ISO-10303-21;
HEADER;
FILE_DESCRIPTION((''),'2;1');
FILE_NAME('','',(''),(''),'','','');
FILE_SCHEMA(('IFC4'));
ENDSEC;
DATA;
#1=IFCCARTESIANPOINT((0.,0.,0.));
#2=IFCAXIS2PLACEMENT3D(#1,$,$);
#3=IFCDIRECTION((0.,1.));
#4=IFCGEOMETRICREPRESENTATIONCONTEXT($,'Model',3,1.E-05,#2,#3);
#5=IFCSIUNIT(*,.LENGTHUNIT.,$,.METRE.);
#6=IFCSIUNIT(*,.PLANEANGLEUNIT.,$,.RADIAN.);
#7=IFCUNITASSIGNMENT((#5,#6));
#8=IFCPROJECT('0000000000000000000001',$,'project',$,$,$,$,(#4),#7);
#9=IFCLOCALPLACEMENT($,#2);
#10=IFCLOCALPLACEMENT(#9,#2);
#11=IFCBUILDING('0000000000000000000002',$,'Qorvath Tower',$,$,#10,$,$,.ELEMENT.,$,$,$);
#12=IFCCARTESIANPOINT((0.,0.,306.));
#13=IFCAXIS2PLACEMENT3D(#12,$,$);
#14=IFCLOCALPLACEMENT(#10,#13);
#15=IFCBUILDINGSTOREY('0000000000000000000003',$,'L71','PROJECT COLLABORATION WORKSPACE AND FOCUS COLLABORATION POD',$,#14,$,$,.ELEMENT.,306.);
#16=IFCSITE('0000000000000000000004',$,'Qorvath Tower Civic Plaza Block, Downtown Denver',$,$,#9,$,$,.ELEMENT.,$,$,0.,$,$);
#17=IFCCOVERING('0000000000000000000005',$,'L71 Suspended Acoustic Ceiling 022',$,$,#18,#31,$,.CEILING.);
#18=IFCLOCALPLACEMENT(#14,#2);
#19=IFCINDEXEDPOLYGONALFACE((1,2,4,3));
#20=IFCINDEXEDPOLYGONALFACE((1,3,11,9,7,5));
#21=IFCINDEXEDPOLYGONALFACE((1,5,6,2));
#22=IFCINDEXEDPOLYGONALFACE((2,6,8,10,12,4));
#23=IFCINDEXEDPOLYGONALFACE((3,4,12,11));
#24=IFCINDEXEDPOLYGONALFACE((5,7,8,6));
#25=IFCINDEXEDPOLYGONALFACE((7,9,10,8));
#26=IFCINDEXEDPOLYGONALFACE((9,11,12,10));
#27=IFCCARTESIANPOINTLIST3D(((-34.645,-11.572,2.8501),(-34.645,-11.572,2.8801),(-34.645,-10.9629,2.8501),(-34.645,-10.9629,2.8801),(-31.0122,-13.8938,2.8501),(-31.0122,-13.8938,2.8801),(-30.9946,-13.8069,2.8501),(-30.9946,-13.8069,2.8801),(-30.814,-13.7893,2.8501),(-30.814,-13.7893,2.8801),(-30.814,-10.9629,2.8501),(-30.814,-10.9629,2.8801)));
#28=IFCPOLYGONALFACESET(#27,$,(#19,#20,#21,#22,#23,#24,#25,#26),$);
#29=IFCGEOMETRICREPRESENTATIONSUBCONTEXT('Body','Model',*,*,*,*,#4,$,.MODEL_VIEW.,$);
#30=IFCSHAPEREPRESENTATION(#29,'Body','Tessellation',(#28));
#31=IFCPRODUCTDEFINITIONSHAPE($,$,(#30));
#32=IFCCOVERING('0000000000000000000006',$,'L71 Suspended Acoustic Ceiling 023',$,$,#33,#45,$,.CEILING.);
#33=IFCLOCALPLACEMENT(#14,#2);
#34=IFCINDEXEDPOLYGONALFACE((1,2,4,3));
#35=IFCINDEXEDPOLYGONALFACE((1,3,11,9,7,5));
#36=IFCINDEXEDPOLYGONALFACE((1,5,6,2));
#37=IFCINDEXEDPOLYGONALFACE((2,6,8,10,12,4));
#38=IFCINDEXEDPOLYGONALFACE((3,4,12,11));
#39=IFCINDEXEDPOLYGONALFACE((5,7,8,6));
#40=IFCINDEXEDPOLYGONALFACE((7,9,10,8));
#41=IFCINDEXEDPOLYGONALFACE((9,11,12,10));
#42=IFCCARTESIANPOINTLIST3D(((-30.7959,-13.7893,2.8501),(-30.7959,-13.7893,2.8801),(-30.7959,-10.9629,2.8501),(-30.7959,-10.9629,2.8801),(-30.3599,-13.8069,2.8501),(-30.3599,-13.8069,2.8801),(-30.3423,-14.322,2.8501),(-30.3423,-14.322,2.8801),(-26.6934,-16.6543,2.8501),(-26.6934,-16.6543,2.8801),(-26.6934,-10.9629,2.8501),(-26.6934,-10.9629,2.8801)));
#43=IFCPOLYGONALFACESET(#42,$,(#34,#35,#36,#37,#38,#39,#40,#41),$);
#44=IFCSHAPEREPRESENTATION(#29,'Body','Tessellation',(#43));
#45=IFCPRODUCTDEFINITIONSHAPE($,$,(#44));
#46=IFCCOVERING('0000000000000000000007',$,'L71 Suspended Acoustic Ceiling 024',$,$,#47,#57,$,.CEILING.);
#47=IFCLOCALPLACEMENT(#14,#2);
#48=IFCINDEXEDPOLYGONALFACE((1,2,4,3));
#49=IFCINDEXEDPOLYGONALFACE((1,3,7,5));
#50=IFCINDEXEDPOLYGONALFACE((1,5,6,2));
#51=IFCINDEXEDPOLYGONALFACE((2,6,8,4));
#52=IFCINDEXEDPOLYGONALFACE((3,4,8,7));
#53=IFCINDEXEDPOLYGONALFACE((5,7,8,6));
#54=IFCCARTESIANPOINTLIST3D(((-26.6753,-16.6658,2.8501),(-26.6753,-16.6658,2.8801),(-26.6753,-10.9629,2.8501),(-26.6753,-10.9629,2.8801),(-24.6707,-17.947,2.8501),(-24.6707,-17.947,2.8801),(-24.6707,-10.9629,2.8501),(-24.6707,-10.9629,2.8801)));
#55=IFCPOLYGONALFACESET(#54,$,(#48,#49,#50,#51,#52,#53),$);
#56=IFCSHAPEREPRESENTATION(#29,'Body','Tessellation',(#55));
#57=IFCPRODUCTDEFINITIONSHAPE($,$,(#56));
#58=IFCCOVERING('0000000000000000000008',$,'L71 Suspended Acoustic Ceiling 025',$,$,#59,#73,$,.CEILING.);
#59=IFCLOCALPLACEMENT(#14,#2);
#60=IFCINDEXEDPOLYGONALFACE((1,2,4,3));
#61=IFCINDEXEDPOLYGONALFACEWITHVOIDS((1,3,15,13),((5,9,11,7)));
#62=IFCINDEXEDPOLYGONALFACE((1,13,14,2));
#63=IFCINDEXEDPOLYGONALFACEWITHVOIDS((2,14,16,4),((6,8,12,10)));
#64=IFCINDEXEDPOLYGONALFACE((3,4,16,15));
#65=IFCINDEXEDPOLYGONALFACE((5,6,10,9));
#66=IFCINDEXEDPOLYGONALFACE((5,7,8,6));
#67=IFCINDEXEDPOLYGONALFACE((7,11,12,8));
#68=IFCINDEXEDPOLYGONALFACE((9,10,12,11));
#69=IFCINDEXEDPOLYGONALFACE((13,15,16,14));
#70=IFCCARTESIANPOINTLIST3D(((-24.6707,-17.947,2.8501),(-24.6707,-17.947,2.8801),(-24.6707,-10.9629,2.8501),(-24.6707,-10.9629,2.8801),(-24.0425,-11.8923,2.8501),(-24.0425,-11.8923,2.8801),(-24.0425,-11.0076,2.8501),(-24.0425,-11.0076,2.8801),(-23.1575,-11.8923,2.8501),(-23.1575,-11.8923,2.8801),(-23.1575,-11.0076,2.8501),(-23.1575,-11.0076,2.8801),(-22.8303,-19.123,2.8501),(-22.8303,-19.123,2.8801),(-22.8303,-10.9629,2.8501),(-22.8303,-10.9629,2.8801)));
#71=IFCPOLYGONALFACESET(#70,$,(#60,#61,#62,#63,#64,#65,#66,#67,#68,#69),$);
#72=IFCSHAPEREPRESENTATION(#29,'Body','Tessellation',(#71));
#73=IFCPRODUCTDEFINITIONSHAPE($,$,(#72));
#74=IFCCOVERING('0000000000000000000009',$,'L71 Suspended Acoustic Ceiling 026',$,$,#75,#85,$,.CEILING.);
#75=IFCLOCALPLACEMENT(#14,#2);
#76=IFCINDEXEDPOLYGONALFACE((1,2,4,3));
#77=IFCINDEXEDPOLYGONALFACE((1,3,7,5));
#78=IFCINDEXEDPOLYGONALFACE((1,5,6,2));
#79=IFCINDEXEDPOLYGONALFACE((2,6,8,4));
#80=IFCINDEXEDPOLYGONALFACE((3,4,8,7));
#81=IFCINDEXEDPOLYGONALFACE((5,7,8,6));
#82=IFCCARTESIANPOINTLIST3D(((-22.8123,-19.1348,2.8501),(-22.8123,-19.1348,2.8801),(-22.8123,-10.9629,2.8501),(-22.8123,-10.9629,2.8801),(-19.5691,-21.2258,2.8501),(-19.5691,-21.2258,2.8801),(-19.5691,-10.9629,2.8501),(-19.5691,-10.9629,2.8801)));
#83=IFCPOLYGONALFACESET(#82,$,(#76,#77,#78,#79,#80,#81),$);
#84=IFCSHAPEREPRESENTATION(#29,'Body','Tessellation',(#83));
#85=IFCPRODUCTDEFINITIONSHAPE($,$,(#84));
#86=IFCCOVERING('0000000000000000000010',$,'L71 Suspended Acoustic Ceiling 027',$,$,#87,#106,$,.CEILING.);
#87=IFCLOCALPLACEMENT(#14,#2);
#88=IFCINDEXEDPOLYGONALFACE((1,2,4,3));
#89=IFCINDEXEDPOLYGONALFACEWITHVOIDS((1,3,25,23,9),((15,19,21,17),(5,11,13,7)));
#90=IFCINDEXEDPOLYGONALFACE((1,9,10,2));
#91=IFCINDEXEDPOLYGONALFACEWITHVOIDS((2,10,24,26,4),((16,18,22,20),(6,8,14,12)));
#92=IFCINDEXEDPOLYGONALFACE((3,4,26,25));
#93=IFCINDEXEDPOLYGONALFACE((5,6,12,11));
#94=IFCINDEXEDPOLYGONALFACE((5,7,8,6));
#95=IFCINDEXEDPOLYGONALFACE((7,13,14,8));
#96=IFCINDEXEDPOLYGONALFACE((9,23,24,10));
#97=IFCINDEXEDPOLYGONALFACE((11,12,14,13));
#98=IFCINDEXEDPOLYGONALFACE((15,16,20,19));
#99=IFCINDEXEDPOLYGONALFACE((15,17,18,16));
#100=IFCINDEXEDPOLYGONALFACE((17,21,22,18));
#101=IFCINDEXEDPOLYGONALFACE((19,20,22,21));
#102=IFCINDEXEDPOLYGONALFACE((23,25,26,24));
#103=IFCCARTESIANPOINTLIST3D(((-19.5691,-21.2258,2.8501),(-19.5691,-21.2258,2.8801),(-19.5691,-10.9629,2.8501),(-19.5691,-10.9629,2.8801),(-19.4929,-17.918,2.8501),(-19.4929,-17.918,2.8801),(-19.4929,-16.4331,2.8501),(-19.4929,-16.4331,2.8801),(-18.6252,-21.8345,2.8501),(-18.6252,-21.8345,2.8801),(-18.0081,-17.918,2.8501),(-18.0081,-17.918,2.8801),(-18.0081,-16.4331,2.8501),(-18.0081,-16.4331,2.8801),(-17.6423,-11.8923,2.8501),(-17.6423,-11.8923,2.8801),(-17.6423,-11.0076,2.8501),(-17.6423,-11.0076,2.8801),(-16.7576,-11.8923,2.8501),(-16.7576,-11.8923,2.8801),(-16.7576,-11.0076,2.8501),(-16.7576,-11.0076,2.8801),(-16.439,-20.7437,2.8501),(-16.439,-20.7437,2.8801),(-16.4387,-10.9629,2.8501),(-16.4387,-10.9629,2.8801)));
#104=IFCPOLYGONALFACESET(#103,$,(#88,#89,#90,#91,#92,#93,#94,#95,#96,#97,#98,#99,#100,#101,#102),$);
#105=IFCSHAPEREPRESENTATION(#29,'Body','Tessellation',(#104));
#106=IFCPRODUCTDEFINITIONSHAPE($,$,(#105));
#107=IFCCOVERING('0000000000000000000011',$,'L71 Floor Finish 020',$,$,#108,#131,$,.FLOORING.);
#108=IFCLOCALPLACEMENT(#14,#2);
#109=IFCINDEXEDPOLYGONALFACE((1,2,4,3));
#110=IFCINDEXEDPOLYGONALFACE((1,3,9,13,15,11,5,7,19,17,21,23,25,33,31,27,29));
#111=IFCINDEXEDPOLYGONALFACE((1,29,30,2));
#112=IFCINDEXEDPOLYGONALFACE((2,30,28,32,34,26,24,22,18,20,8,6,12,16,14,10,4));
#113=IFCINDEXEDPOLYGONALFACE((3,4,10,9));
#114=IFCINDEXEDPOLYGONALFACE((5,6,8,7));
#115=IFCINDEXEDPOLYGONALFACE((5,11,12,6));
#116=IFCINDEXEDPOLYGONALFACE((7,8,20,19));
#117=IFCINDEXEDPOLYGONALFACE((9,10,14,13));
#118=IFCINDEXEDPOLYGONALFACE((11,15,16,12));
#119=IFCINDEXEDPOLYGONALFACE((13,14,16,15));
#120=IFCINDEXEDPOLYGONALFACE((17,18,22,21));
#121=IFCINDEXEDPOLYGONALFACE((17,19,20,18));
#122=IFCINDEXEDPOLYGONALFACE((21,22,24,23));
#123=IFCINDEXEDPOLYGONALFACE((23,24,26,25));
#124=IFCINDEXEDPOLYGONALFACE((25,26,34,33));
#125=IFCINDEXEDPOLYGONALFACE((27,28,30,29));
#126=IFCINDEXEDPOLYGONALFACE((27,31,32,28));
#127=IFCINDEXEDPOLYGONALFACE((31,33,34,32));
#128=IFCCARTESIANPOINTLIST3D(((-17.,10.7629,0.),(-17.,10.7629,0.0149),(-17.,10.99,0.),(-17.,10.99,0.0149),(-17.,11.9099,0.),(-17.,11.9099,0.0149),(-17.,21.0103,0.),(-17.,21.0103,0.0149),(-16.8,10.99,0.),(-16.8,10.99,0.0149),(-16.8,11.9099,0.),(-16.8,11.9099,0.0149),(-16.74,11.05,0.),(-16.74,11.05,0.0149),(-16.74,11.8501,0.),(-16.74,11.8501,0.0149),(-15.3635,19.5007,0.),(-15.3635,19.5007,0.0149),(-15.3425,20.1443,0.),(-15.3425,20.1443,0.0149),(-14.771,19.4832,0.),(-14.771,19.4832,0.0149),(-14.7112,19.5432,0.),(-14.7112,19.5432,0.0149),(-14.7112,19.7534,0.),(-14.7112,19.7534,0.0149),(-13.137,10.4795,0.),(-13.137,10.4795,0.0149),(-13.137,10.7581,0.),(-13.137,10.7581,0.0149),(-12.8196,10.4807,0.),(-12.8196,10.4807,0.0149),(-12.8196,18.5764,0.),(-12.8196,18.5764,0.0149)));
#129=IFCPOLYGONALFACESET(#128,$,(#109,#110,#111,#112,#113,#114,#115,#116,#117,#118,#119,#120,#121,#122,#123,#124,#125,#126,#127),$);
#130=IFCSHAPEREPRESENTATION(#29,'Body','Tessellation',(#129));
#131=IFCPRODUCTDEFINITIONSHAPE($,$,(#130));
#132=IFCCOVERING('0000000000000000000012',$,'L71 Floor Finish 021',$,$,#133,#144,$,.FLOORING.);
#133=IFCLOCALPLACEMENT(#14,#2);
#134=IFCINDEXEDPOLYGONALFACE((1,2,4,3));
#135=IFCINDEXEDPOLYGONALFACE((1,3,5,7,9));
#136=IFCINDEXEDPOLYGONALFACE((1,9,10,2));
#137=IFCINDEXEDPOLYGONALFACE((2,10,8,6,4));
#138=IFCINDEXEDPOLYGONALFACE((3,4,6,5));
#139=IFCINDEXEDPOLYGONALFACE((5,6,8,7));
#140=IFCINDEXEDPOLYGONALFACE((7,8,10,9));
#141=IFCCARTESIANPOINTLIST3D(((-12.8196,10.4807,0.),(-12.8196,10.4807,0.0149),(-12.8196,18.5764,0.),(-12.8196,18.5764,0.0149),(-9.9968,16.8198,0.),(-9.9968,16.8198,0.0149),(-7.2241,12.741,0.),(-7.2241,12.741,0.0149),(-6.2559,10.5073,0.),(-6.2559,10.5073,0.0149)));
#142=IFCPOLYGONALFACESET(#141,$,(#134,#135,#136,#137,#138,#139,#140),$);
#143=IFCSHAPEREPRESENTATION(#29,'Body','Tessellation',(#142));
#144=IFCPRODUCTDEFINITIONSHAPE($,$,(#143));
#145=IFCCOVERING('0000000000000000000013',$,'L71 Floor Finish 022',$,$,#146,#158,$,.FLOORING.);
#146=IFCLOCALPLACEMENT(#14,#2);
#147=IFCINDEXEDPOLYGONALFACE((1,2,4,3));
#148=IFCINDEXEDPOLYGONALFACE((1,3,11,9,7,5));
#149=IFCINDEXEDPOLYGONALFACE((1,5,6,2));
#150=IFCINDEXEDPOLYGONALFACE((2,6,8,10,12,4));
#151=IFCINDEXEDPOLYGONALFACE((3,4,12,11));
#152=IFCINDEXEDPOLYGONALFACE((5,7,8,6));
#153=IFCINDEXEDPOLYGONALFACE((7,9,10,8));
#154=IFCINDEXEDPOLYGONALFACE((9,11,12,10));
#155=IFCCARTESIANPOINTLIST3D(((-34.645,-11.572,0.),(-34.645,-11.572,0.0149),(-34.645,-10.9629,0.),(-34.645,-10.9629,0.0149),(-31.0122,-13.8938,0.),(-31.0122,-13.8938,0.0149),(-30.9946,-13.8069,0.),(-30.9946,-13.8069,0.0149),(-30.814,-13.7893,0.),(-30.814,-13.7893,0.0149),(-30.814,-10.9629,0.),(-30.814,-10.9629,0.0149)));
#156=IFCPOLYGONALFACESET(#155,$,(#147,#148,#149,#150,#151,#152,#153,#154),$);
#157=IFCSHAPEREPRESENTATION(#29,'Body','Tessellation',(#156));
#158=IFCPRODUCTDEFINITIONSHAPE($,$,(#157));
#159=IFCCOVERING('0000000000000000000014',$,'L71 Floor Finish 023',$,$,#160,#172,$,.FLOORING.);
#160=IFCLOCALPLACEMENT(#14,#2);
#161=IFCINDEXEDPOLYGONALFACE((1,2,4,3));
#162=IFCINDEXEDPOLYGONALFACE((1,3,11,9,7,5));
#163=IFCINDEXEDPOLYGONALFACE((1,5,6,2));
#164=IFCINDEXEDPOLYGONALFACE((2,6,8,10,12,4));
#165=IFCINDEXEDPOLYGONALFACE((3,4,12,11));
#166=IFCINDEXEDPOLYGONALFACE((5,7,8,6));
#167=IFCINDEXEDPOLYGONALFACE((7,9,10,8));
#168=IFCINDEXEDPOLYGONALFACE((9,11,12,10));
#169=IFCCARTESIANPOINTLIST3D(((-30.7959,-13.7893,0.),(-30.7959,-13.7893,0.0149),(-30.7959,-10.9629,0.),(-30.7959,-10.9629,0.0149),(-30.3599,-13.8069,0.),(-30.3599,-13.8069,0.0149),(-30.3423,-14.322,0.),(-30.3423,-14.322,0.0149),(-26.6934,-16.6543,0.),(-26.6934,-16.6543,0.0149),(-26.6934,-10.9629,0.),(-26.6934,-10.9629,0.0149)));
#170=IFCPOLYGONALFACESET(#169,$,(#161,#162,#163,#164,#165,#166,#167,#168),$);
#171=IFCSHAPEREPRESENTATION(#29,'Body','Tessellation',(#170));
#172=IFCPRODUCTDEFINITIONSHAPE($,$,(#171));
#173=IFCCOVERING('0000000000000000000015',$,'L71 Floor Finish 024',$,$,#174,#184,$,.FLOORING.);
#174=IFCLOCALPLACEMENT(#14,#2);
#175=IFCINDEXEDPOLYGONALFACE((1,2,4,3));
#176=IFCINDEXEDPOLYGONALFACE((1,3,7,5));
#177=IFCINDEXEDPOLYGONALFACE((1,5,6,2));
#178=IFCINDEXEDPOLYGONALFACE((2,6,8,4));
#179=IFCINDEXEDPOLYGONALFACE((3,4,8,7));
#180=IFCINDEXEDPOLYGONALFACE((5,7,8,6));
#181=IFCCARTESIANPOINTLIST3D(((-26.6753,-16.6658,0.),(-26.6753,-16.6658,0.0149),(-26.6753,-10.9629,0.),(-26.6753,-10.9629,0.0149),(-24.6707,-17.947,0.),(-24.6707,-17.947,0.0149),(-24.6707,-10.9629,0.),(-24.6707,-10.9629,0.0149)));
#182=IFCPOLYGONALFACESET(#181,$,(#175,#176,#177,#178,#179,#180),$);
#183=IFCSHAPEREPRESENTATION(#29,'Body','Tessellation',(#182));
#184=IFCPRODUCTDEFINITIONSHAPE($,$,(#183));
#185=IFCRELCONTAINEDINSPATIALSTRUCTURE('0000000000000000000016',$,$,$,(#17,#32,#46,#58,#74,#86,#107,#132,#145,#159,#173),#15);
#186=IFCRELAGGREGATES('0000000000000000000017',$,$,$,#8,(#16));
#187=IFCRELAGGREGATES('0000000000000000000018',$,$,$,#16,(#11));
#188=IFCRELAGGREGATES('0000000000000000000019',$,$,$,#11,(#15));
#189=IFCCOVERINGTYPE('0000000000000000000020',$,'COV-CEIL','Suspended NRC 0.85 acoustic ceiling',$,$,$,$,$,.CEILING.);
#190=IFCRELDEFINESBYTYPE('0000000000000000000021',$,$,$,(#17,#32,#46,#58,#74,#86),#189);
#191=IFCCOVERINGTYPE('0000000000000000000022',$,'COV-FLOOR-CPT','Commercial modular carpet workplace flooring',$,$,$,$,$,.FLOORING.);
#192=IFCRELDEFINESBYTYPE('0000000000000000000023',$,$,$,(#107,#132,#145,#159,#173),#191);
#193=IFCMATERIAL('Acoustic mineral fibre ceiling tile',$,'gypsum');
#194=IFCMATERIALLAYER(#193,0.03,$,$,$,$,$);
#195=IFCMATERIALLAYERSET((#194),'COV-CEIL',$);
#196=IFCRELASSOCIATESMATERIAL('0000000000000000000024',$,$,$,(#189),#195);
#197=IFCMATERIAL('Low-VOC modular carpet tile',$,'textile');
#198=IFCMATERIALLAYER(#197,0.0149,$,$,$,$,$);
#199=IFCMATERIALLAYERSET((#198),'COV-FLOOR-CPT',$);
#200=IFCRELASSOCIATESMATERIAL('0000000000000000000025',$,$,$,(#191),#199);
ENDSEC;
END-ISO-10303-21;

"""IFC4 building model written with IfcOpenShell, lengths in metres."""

from ifc_helpers import new_model, si_unit, direction, frame, origin, place, context, subcontext, project, spatial, polyline, outline, extrude, material, layer, layer_set, type_object, element, save


model = new_model("IFC4")

# Units and contexts
model_context = context("Model", 3, precision=1e-05, world=origin(), true_north=direction((0.0, 1.0)))
body_context = subcontext(model_context, "Body", "Model", "MODEL_VIEW")
ifc_project = project(units=[si_unit("LENGTHUNIT", "METRE"), si_unit("PLANEANGLEUNIT", "RADIAN")], contexts=[model_context])

# Site, building, storey
site_placement = place(None, origin())
site = spatial("IfcSite", under=ifc_project, at=site_placement, Name="Qorvath Tower Civic Plaza Block, Downtown Denver", CompositionType="ELEMENT", RefElevation=0.0)
building_placement = place(site_placement, origin())
building = spatial("IfcBuilding", under=site, at=building_placement, Name="Qorvath Tower", CompositionType="ELEMENT")
storey_placement = place(building_placement, frame((0.0, 0.0, 306.0)))
storey = spatial("IfcBuildingStorey", under=building, at=storey_placement, Name="L71", Description="PROJECT COLLABORATION WORKSPACE AND FOCUS COLLABORATION POD", CompositionType="ELEMENT", Elevation=306.0)

# Coverings
ifc_material_1 = material(Name="Acoustic mineral fibre ceiling tile", Category="gypsum")
ifc_layer_1 = layer(ifc_material_1, 0.03)
ifc_layer_set_1 = layer_set([ifc_layer_1], Name="COV-CEIL")
covering_type_1 = type_object("IfcCoveringType", Name="COV-CEIL", Description="Suspended NRC 0.85 acoustic ceiling", PredefinedType="CEILING", material=ifc_layer_set_1)
covering_1_placement = place(storey_placement, frame((0.0, 0.0, 2.8501)))
element("IfcCovering", 1, at=covering_1_placement, inside=storey, type_object=covering_type_1, Name="L71 Suspended Acoustic Ceiling 022", PredefinedType="CEILING", context=body_context, shape_type="SweptSolid", body=[
    extrude(outline(polyline([(-34.645, -11.572), (-31.0122, -13.8938), (-30.9946, -13.8069), (-30.814, -13.7893), (-30.814, -10.9629), (-34.645, -10.9629), (-34.645, -11.572)])), origin(), (0.0, 0.0, 1.0), 0.03),
])
covering_2_placement = place(storey_placement, frame((0.0, 0.0, 2.8501)))
element("IfcCovering", 2, at=covering_2_placement, inside=storey, type_object=covering_type_1, Name="L71 Suspended Acoustic Ceiling 023", PredefinedType="CEILING", context=body_context, shape_type="SweptSolid", body=[
    extrude(outline(polyline([(-30.7959, -10.9629), (-30.7959, -13.7893), (-30.3599, -13.8069), (-30.3423, -14.322), (-26.6934, -16.6543), (-26.6934, -10.9629), (-30.7959, -10.9629)])), origin(), (0.0, 0.0, 1.0), 0.03),
])
covering_3_placement = place(storey_placement, frame((0.0, 0.0, 2.8501)))
element("IfcCovering", 3, at=covering_3_placement, inside=storey, type_object=covering_type_1, Name="L71 Suspended Acoustic Ceiling 024", PredefinedType="CEILING", context=body_context, shape_type="SweptSolid", body=[
    extrude(outline(polyline([(-26.6753, -10.9629), (-26.6753, -16.6658), (-24.6707, -17.947), (-24.6707, -10.9629), (-26.6753, -10.9629)])), origin(), (0.0, 0.0, 1.0), 0.03),
])
covering_4_placement = place(storey_placement, frame((0.0, 0.0, 2.8501)))
element("IfcCovering", 4, at=covering_4_placement, inside=storey, type_object=covering_type_1, Name="L71 Suspended Acoustic Ceiling 025", PredefinedType="CEILING", context=body_context, shape_type="SweptSolid", body=[
    extrude(outline(polyline([(-24.6707, -10.9629), (-24.6707, -17.947), (-22.8303, -19.123), (-22.8303, -10.9629), (-24.6707, -10.9629)]), holes=[polyline([(-24.0425, -11.8923), (-24.0425, -11.0076), (-23.1575, -11.0076), (-23.1575, -11.8923), (-24.0425, -11.8923)])]), origin(), (0.0, 0.0, 1.0), 0.03),
])
covering_5_placement = place(storey_placement, frame((0.0, 0.0, 2.8501)))
element("IfcCovering", 5, at=covering_5_placement, inside=storey, type_object=covering_type_1, Name="L71 Suspended Acoustic Ceiling 026", PredefinedType="CEILING", context=body_context, shape_type="SweptSolid", body=[
    extrude(outline(polyline([(-22.8123, -19.1348), (-19.5691, -21.2258), (-19.5691, -10.9629), (-22.8123, -10.9629), (-22.8123, -19.1348)])), origin(), (0.0, 0.0, 1.0), 0.03),
])
covering_6_placement = place(storey_placement, frame((0.0, 0.0, 2.8501)))
element("IfcCovering", 6, at=covering_6_placement, inside=storey, type_object=covering_type_1, Name="L71 Suspended Acoustic Ceiling 027", PredefinedType="CEILING", context=body_context, shape_type="SweptSolid", body=[
    extrude(outline(polyline([(-19.5691, -10.9629), (-19.5691, -21.2258), (-18.6252, -21.8345), (-16.439, -20.7437), (-16.4387, -10.9629), (-19.5691, -10.9629)]), holes=[polyline([(-17.6423, -11.8923), (-17.6423, -11.0076), (-16.7576, -11.0076), (-16.7576, -11.8923), (-17.6423, -11.8923)]), polyline([(-19.4929, -17.918), (-19.4929, -16.4331), (-18.0081, -16.4331), (-18.0081, -17.918), (-19.4929, -17.918)])]), origin(), (0.0, 0.0, 1.0), 0.03),
])
ifc_material_2 = material(Name="Low-VOC modular carpet tile", Category="textile")
ifc_layer_2 = layer(ifc_material_2, 0.0149)
ifc_layer_set_2 = layer_set([ifc_layer_2], Name="COV-FLOOR-CPT")
covering_type_2 = type_object("IfcCoveringType", Name="COV-FLOOR-CPT", Description="Commercial modular carpet workplace flooring", PredefinedType="FLOORING", material=ifc_layer_set_2)
covering_7_placement = place(storey_placement, origin())
element("IfcCovering", 7, at=covering_7_placement, inside=storey, type_object=covering_type_2, Name="L71 Floor Finish 020", PredefinedType="FLOORING", context=body_context, shape_type="SweptSolid", body=[
    extrude(outline(polyline([(-13.137, 10.7581), (-13.137, 10.4795), (-12.8196, 10.4807), (-12.8196, 18.5764), (-14.7112, 19.7534), (-14.7112, 19.5432), (-14.771, 19.4832), (-15.3635, 19.5007), (-15.3425, 20.1443), (-17.0, 21.0103), (-17.0, 11.9099), (-16.8, 11.9099), (-16.74, 11.8501), (-16.74, 11.05), (-16.8, 10.99), (-17.0, 10.99), (-17.0, 10.7629), (-13.137, 10.7581)])), origin(), (0.0, 0.0, 1.0), 0.0149),
])
covering_8_placement = place(storey_placement, origin())
element("IfcCovering", 8, at=covering_8_placement, inside=storey, type_object=covering_type_2, Name="L71 Floor Finish 021", PredefinedType="FLOORING", context=body_context, shape_type="SweptSolid", body=[
    extrude(outline(polyline([(-12.8196, 18.5764), (-12.8196, 10.4807), (-6.2559, 10.5073), (-7.2241, 12.741), (-9.9968, 16.8198), (-12.8196, 18.5764)])), origin(), (0.0, 0.0, 1.0), 0.0149),
])
covering_9_placement = place(storey_placement, origin())
element("IfcCovering", 9, at=covering_9_placement, inside=storey, type_object=covering_type_2, Name="L71 Floor Finish 022", PredefinedType="FLOORING", context=body_context, shape_type="SweptSolid", body=[
    extrude(outline(polyline([(-34.645, -11.572), (-31.0122, -13.8938), (-30.9946, -13.8069), (-30.814, -13.7893), (-30.814, -10.9629), (-34.645, -10.9629), (-34.645, -11.572)])), origin(), (0.0, 0.0, 1.0), 0.0149),
])
covering_10_placement = place(storey_placement, origin())
element("IfcCovering", 10, at=covering_10_placement, inside=storey, type_object=covering_type_2, Name="L71 Floor Finish 023", PredefinedType="FLOORING", context=body_context, shape_type="SweptSolid", body=[
    extrude(outline(polyline([(-30.7959, -10.9629), (-30.7959, -13.7893), (-30.3599, -13.8069), (-30.3423, -14.322), (-26.6934, -16.6543), (-26.6934, -10.9629), (-30.7959, -10.9629)])), origin(), (0.0, 0.0, 1.0), 0.0149),
])
covering_11_placement = place(storey_placement, origin())
element("IfcCovering", 11, at=covering_11_placement, inside=storey, type_object=covering_type_2, Name="L71 Floor Finish 024", PredefinedType="FLOORING", context=body_context, shape_type="SweptSolid", body=[
    extrude(outline(polyline([(-26.6753, -10.9629), (-26.6753, -16.6658), (-24.6707, -17.947), (-24.6707, -10.9629), (-26.6753, -10.9629)])), origin(), (0.0, 0.0, 1.0), 0.0149),
])

save(model, "model.ifc")
